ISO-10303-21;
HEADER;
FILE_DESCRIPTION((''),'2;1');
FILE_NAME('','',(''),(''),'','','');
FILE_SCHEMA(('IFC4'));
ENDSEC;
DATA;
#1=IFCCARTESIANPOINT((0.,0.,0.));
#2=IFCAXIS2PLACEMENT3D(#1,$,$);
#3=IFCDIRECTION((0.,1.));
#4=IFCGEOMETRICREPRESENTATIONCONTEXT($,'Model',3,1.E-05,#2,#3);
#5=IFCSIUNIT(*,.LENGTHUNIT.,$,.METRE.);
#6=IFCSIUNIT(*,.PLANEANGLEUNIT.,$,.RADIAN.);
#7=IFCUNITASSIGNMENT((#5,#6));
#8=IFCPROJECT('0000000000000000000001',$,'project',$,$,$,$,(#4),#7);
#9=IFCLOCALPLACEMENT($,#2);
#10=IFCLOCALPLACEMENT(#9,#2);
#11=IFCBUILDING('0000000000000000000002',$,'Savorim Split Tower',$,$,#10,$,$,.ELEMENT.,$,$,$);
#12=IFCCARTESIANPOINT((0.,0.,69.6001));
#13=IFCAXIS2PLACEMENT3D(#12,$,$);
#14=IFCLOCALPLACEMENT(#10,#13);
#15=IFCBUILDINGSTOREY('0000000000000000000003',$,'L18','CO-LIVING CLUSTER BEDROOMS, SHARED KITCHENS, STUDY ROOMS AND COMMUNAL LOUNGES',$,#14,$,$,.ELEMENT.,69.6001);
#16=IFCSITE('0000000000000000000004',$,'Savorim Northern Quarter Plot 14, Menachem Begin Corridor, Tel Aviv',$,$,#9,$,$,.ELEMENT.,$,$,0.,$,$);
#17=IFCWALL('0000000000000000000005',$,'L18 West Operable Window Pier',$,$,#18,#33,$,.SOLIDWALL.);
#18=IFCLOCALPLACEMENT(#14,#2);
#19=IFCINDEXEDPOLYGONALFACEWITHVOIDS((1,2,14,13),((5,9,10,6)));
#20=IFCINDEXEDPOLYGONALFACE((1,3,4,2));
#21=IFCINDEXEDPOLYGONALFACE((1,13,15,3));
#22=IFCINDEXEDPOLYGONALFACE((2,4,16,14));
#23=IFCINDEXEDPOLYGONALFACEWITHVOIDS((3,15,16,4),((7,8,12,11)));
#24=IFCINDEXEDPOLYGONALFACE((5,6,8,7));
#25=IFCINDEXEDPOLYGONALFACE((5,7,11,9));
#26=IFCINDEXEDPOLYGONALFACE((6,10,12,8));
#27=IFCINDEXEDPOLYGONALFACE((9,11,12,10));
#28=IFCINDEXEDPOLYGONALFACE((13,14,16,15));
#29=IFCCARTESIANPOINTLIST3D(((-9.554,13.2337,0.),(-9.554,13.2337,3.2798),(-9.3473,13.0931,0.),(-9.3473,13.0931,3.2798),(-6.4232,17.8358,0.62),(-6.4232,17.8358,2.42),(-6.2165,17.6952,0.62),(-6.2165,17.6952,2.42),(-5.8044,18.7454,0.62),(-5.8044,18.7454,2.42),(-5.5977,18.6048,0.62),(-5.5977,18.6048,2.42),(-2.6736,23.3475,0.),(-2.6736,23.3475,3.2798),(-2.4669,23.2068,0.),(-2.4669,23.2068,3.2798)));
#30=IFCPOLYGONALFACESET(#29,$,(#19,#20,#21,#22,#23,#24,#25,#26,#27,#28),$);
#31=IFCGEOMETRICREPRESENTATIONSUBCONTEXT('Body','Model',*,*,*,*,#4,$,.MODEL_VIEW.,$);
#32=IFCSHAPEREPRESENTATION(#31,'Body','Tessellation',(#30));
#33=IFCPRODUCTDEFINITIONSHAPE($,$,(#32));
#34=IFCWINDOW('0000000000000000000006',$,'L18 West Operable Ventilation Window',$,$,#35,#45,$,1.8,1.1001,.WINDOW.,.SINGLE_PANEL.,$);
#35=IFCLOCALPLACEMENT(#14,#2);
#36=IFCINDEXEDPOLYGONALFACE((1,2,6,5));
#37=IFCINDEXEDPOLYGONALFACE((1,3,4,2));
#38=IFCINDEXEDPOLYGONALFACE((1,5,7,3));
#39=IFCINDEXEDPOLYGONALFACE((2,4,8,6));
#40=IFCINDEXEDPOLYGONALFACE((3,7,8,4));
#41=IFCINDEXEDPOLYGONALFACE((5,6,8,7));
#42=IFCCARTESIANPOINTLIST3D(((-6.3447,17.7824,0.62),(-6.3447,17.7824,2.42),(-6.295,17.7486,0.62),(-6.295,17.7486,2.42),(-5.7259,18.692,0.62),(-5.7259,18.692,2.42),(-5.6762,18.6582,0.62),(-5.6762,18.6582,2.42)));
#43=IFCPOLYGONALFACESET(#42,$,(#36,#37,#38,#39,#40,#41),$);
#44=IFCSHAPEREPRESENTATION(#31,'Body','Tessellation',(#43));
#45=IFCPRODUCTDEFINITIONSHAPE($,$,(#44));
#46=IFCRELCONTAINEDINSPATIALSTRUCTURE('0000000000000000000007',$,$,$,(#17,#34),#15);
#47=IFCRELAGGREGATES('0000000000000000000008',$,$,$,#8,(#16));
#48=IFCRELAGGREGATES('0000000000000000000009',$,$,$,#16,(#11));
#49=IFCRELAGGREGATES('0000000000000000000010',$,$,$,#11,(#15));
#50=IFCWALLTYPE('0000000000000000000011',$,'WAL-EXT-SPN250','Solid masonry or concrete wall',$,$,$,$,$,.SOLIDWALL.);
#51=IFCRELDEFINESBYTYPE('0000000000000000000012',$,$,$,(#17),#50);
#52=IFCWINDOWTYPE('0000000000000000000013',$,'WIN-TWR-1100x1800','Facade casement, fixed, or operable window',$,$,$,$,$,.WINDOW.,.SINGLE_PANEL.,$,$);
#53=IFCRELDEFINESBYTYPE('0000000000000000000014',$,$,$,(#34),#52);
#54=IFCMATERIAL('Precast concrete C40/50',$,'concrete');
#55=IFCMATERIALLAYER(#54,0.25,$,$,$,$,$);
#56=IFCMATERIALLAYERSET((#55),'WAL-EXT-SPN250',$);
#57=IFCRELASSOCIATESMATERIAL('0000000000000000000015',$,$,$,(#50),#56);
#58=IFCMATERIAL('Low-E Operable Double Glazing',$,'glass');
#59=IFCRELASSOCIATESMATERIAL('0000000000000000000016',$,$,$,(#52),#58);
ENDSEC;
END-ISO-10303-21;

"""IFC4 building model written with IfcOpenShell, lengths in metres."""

from ifc_helpers import new_model, si_unit, direction, frame, frame_2d, origin, place, context, subcontext, project, spatial, rectangle, extrude, material, layer, layer_set, type_object, element, fill, save


model = new_model("IFC4")

# Units and contexts
model_context = context("Model", 3, precision=1e-05, world=origin(), true_north=direction((0.0, 1.0)))
body_context = subcontext(model_context, "Body", "Model", "MODEL_VIEW")
ifc_project = project(units=[si_unit("LENGTHUNIT", "METRE"), si_unit("PLANEANGLEUNIT", "RADIAN")], contexts=[model_context])

# Site, building, storey
site_placement = place(None, origin())
site = spatial("IfcSite", under=ifc_project, at=site_placement, Name="Savorim Northern Quarter Plot 14, Menachem Begin Corridor, Tel Aviv", CompositionType="ELEMENT", RefElevation=0.0)
building_placement = place(site_placement, origin())
building = spatial("IfcBuilding", under=site, at=building_placement, Name="Savorim Split Tower", CompositionType="ELEMENT")
storey_placement = place(building_placement, frame((0.0, 0.0, 69.6001)))
storey = spatial("IfcBuildingStorey", under=building, at=storey_placement, Name="L18", Description="CO-LIVING CLUSTER BEDROOMS, SHARED KITCHENS, STUDY ROOMS AND COMMUNAL LOUNGES", CompositionType="ELEMENT", Elevation=69.6001)

# Shared definitions
ifc_material_1 = material(Name="Precast concrete C40/50", Category="concrete")

# Wall, opening, window
ifc_layer_1 = layer(ifc_material_1, 0.25)
ifc_layer_set_1 = layer_set([ifc_layer_1], Name="WAL-EXT-SPN250")
wall_type_1 = type_object("IfcWallType", Name="WAL-EXT-SPN250", Description="Solid masonry or concrete wall", PredefinedType="SOLIDWALL", material=ifc_layer_set_1)
wall_1_placement = place(storey_placement, frame((-9.4507, 13.1633, 0.0), z_axis=(0.0, 0.0, 1.0), x_axis=(0.562478, 0.826812, 0.0)))
wall_1 = element("IfcWall", 1, at=wall_1_placement, inside=storey, type_object=wall_type_1, Name="L18 West Operable Window Pier", PredefinedType="SOLIDWALL", context=body_context, shape_type="SweptSolid", body=[
    extrude(rectangle(XDim=12.2322, YDim=0.25, at=frame_2d((6.1162, 0.0))), origin(), (0.0, 0.0, 1.0), 3.2798),
])
opening_1_placement = place(wall_1_placement, frame((5.5662, 0.0, 0.6201)))
opening_1 = element("IfcOpeningElement", 2, at=opening_1_placement, cuts=wall_1, PredefinedType="OPENING", context=body_context, shape_type="SweptSolid", body=[
    extrude(rectangle(XDim=1.1001, YDim=1.8, at=frame_2d((0.55, 0.8999))), frame((0.0, 0.135, 0.0), z_axis=(0.0, -1.0, 0.0), x_axis=(1.0, 0.0, 0.0)), (0.0, 0.0, 1.0), 0.27),
])
ifc_material_2 = material(Name="Low-E Operable Double Glazing", Category="glass")
window_type = type_object("IfcWindowType", Name="WIN-TWR-1100x1800", Description="Facade casement, fixed, or operable window", PartitioningType="SINGLE_PANEL", PredefinedType="WINDOW", material=ifc_material_2)
window_placement = place(opening_1_placement, origin())
window = element("IfcWindow", 3, at=window_placement, inside=storey, type_object=window_type, Name="L18 West Operable Ventilation Window", OverallHeight=1.8, OverallWidth=1.1001, PartitioningType="SINGLE_PANEL", PredefinedType="WINDOW", context=body_context, shape_type="SweptSolid", body=[
    extrude(rectangle(XDim=1.1001, YDim=1.8, at=frame_2d((0.55, 0.8999))), frame((0.0, 0.03, 0.0), z_axis=(0.0, -1.0, 0.0), x_axis=(1.0, 0.0, 0.0)), (0.0, 0.0, 1.0), 0.0601),
])
fill(opening_1, window)

save(model, "model.ifc")
